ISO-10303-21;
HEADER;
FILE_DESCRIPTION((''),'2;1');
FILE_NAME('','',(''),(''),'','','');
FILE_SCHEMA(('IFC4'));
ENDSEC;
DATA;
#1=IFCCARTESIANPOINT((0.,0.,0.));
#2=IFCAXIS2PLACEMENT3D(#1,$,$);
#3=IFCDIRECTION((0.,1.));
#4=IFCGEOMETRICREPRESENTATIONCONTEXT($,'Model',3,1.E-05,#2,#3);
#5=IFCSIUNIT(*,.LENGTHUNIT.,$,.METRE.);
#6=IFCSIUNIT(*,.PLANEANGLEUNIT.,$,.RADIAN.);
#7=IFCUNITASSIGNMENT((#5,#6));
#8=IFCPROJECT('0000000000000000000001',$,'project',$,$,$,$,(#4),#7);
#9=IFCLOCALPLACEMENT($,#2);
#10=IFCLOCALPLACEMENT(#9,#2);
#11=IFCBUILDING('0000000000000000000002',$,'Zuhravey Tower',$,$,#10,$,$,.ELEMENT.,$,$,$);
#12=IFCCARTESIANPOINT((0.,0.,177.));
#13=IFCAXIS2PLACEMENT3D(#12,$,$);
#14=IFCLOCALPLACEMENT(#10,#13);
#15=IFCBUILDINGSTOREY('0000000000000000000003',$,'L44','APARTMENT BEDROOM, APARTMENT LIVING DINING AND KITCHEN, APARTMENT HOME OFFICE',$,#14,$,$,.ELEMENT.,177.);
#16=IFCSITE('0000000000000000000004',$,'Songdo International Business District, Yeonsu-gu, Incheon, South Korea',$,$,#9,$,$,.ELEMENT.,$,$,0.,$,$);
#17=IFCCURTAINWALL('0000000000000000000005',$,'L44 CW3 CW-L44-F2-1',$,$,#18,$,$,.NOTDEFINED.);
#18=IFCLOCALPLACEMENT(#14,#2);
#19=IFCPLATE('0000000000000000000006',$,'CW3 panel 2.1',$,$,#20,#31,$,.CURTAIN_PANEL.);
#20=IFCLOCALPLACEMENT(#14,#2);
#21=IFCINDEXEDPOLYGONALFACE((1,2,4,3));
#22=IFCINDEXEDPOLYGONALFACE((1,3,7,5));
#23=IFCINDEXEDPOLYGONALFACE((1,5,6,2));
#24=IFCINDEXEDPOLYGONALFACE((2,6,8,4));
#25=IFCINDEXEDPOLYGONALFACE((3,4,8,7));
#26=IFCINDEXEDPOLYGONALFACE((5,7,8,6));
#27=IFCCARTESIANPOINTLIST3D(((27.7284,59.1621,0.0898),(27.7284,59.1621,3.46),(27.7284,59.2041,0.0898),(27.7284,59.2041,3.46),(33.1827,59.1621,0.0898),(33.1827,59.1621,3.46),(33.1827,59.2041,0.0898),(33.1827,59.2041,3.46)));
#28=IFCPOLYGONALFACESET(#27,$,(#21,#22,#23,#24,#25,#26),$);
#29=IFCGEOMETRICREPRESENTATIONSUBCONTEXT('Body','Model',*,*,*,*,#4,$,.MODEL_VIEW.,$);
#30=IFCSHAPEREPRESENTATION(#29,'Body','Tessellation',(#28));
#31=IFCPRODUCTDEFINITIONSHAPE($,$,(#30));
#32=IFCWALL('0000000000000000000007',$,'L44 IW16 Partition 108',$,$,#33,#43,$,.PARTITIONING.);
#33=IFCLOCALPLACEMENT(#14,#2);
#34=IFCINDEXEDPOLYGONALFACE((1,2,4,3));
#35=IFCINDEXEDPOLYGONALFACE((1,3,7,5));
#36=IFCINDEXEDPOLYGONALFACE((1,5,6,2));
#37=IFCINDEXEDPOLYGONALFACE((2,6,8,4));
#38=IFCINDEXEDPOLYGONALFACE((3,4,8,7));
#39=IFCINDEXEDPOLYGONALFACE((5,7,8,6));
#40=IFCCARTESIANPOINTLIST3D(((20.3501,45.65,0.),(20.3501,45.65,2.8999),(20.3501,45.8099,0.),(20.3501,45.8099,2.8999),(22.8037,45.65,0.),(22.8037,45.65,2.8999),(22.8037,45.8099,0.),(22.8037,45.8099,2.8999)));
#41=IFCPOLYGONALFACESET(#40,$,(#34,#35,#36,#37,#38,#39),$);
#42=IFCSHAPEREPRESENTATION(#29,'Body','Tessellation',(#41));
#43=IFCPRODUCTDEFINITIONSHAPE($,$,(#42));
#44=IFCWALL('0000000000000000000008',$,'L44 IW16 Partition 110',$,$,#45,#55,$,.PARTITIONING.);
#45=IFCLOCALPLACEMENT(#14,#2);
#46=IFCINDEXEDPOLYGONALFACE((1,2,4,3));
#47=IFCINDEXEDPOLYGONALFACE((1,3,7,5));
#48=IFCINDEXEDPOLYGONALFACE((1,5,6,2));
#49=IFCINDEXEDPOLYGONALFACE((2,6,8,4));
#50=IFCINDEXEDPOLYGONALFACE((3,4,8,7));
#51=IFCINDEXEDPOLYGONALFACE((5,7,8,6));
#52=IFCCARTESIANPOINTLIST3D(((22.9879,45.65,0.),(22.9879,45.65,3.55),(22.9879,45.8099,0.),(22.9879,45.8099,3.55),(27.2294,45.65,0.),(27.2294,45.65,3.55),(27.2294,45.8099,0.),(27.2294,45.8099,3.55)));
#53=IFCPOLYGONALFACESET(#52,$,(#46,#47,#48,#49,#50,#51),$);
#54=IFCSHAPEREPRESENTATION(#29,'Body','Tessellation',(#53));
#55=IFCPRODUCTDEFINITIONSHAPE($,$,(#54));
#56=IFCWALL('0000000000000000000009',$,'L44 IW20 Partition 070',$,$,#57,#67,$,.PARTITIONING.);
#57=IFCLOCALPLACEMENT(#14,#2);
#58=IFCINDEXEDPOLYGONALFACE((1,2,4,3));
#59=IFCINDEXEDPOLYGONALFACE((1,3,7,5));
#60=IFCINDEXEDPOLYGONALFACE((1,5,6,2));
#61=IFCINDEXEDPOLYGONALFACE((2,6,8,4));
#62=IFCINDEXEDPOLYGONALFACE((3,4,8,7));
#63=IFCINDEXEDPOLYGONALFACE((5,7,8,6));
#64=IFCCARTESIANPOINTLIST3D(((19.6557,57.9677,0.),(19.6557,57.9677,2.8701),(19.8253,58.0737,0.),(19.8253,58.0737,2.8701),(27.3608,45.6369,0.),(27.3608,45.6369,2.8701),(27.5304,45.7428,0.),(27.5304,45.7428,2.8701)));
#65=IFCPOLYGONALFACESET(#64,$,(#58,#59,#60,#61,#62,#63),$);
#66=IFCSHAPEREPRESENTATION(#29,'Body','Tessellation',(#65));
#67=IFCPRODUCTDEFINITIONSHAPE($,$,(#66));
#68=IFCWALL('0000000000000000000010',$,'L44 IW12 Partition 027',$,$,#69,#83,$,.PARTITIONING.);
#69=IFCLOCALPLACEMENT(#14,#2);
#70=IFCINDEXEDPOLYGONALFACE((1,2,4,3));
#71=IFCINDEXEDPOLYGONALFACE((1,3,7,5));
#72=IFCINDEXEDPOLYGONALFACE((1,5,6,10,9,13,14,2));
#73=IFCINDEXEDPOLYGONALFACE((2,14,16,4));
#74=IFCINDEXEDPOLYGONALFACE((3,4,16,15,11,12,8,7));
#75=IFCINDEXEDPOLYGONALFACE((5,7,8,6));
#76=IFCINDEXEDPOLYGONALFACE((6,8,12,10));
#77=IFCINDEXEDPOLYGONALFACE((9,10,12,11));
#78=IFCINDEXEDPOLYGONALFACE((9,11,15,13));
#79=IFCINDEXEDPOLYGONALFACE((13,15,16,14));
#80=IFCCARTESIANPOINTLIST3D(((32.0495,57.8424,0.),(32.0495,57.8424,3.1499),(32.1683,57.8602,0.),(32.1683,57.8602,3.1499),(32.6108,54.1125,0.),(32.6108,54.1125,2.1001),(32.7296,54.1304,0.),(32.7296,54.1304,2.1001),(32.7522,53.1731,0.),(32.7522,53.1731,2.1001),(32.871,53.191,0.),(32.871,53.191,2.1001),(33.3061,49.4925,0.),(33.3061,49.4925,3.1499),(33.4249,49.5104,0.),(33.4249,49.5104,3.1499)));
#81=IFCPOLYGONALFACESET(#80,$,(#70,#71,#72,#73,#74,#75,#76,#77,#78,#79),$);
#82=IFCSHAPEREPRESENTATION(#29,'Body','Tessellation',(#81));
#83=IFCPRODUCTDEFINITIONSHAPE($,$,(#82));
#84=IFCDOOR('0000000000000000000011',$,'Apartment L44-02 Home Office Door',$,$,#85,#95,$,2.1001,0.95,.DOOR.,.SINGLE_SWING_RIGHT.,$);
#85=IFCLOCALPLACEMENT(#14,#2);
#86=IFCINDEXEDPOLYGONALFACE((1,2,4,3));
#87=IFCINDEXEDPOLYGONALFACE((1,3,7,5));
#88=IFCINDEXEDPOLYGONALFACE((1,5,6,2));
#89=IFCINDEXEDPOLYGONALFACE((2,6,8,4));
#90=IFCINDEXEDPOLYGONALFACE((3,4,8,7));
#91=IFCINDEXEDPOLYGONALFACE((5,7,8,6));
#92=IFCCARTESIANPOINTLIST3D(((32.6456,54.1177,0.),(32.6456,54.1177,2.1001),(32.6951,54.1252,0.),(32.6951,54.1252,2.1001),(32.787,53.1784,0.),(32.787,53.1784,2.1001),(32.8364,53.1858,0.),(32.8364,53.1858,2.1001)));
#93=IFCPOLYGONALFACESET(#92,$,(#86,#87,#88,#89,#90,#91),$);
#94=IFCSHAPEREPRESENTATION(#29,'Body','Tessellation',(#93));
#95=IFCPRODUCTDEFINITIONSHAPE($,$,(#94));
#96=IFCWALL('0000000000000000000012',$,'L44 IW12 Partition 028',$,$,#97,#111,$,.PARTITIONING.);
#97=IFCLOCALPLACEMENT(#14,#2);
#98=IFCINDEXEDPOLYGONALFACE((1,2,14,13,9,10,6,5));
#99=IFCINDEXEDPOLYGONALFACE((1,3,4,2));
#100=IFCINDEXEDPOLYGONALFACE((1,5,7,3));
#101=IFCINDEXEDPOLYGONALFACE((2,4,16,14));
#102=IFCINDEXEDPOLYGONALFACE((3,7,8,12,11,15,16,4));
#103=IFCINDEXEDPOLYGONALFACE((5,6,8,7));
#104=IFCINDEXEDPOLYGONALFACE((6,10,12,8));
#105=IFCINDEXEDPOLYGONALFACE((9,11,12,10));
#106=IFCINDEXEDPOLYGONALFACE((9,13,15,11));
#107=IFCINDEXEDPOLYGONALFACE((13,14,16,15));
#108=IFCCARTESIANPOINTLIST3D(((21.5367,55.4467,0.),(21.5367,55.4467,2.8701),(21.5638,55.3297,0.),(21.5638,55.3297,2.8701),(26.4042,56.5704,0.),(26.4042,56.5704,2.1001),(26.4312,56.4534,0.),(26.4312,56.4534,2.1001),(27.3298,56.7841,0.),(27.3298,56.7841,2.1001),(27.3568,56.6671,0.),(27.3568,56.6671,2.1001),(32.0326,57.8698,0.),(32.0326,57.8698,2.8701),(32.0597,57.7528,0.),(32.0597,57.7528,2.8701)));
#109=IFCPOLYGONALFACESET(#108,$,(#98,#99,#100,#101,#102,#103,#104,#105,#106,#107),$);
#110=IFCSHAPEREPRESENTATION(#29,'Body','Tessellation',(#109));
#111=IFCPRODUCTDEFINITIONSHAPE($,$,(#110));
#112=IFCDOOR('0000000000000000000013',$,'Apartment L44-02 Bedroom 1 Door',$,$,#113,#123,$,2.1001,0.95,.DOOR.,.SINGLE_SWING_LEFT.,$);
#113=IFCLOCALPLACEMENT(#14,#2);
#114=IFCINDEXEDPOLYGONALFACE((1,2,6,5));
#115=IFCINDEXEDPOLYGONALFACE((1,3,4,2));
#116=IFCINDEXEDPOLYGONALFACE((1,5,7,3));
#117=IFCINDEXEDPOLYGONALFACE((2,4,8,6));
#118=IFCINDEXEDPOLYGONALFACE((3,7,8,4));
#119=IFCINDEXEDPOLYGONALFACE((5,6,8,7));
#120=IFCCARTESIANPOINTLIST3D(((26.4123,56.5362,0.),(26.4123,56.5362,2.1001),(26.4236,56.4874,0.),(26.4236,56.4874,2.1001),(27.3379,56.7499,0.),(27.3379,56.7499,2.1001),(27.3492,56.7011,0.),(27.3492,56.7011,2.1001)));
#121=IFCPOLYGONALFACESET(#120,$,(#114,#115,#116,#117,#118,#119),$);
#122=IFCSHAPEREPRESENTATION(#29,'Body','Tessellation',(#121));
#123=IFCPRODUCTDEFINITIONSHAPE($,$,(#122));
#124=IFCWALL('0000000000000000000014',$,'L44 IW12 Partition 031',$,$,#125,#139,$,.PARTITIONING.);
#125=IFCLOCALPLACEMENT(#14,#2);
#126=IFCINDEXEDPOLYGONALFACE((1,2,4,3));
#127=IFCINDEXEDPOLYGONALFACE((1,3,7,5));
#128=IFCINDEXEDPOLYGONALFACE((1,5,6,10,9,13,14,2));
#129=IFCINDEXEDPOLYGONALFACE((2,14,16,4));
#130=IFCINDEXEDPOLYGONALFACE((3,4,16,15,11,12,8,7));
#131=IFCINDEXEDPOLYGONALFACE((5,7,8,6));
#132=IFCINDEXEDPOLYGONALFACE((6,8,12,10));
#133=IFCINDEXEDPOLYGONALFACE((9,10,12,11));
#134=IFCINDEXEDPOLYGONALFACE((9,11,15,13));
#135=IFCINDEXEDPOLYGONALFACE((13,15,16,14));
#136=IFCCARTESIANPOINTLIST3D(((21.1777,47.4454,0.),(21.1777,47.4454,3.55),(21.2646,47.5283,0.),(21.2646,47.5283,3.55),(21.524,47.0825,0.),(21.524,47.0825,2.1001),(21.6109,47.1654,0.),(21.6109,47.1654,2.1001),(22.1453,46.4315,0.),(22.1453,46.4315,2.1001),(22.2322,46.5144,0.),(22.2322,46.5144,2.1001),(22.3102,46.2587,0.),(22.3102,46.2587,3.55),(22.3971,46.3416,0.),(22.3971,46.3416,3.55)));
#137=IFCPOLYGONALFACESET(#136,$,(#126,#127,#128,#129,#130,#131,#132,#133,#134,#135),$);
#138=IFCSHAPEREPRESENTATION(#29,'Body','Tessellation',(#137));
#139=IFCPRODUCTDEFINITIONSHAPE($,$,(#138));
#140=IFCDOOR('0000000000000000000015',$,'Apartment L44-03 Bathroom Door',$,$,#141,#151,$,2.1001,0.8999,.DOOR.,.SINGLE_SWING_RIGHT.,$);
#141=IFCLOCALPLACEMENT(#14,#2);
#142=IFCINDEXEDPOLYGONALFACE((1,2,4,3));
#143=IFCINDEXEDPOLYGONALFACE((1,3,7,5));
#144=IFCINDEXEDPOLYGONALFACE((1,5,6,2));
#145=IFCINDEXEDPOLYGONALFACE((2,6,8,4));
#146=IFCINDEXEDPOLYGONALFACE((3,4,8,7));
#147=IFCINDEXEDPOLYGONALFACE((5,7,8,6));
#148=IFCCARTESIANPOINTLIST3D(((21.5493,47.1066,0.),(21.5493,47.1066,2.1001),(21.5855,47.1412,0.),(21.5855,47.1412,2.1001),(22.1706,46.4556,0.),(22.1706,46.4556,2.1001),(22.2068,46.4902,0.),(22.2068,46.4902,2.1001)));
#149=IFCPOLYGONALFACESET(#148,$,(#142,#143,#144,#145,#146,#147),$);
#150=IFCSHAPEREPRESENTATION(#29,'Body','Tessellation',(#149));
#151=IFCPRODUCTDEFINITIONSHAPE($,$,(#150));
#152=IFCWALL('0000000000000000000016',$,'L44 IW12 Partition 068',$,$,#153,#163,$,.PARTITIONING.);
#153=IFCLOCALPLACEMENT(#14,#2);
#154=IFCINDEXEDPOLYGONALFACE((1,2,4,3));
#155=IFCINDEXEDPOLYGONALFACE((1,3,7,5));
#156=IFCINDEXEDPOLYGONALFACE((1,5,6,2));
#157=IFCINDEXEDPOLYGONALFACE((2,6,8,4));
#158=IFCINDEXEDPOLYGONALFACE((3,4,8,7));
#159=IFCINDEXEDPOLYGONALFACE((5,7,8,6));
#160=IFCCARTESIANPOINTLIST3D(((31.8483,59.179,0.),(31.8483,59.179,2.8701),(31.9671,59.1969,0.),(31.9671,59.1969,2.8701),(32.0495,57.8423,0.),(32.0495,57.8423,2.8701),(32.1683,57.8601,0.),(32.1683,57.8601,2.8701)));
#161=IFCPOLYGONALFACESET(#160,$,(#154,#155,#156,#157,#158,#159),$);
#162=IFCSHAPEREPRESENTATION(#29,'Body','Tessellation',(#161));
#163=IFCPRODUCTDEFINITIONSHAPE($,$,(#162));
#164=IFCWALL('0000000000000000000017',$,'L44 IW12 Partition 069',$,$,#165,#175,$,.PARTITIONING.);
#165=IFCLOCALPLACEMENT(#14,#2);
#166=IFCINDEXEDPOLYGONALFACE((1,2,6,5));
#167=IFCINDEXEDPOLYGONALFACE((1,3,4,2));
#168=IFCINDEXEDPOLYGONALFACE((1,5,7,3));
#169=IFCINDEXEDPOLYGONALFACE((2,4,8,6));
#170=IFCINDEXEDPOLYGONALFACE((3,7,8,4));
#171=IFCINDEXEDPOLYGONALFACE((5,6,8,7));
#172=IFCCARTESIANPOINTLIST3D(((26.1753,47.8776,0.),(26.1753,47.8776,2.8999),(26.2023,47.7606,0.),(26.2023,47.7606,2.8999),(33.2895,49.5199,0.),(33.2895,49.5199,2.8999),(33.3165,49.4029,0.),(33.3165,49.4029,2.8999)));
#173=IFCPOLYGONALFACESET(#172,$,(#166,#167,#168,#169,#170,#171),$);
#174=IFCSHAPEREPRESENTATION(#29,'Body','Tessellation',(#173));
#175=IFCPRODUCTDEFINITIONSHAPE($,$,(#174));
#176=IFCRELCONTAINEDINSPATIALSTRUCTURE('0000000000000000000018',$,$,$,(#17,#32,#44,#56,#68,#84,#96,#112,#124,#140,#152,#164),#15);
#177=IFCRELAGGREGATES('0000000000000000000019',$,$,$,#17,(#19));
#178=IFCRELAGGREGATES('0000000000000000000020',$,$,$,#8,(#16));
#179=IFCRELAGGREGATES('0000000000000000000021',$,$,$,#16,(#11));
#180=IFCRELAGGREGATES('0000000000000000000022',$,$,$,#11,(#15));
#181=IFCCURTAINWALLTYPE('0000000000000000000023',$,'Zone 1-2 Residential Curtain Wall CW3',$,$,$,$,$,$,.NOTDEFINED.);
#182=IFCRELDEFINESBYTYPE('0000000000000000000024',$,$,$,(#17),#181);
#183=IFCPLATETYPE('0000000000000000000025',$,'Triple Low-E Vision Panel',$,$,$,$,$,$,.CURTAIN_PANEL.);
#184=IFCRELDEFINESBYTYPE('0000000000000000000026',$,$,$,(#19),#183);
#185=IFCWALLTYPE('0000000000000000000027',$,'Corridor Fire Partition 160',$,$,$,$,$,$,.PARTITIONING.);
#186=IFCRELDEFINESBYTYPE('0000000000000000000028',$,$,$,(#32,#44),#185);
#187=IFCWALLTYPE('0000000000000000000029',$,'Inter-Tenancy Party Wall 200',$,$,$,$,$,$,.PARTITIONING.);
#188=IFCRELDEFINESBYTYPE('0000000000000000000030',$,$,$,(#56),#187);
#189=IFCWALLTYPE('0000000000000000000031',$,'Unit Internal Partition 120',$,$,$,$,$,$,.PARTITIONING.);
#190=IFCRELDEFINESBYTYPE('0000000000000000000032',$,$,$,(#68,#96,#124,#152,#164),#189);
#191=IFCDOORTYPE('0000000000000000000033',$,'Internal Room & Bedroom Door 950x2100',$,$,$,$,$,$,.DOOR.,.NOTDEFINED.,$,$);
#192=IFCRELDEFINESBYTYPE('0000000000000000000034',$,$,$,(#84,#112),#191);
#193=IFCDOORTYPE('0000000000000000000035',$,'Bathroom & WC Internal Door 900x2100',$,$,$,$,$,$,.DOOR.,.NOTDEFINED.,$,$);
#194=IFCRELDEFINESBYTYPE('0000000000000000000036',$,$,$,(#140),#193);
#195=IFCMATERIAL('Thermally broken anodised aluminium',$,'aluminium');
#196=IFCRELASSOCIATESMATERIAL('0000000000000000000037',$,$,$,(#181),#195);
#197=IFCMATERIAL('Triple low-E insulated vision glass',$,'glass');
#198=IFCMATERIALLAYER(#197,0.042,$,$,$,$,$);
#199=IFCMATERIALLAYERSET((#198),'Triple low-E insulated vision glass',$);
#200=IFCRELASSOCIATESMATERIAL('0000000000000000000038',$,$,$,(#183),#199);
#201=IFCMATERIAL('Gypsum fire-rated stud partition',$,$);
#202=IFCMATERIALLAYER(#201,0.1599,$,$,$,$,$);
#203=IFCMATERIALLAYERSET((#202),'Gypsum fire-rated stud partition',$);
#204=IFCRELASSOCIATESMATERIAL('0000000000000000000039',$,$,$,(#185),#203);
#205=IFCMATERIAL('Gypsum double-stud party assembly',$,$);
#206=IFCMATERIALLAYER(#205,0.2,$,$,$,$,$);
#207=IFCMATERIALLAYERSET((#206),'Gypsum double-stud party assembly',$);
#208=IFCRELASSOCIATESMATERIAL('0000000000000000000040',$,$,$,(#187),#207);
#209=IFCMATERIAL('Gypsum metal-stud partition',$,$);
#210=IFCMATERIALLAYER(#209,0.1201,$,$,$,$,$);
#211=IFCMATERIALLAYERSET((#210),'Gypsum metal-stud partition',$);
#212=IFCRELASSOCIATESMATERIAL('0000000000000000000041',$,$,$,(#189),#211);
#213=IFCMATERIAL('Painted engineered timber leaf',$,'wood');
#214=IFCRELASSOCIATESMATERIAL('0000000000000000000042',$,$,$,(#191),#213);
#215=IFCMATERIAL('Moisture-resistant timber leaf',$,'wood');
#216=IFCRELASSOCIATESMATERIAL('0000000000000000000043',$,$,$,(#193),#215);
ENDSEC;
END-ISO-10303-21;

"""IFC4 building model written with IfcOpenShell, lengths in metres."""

from ifc_helpers import new_model, si_unit, direction, frame, frame_2d, origin, origin_2d, place, context, subcontext, project, spatial, rectangle, extrude, material, layer, layer_set, type_object, element, fill, aggregate, save


model = new_model("IFC4")

# Units and contexts
model_context = context("Model", 3, precision=1e-05, world=origin(), true_north=direction((0.0, 1.0)))
body_context = subcontext(model_context, "Body", "Model", "MODEL_VIEW")
ifc_project = project(units=[si_unit("LENGTHUNIT", "METRE"), si_unit("PLANEANGLEUNIT", "RADIAN")], contexts=[model_context])

# Site, building, storey
site_placement = place(None, origin())
site = spatial("IfcSite", under=ifc_project, at=site_placement, Name="Songdo International Business District, Yeonsu-gu, Incheon, South Korea", CompositionType="ELEMENT", RefElevation=0.0)
building_placement = place(site_placement, origin())
building = spatial("IfcBuilding", under=site, at=building_placement, Name="Zuhravey Tower", CompositionType="ELEMENT")
storey_placement = place(building_placement, frame((0.0, 0.0, 177.0)))
storey = spatial("IfcBuildingStorey", under=building, at=storey_placement, Name="L44", Description="APARTMENT BEDROOM, APARTMENT LIVING DINING AND KITCHEN, APARTMENT HOME OFFICE", CompositionType="ELEMENT", Elevation=177.0)

# Curtain wall
ifc_material_1 = material(Name="Thermally broken anodised aluminium", Category="aluminium")
curtain_wall_type = type_object("IfcCurtainWallType", Name="Zone 1-2 Residential Curtain Wall CW3", PredefinedType="NOTDEFINED", material=ifc_material_1)
curtain_wall_placement = place(storey_placement, origin())
curtain_wall = element("IfcCurtainWall", 1, at=curtain_wall_placement, inside=storey, type_object=curtain_wall_type, Name="L44 CW3 CW-L44-F2-1", PredefinedType="NOTDEFINED")

# Plate
ifc_material_2 = material(Name="Triple low-E insulated vision glass", Category="glass")
ifc_layer_1 = layer(ifc_material_2, 0.042)
ifc_layer_set_1 = layer_set([ifc_layer_1], Name="Triple low-E insulated vision glass")
plate_type_1 = type_object("IfcPlateType", Name="Triple Low-E Vision Panel", PredefinedType="CURTAIN_PANEL", material=ifc_layer_set_1)
plate_1_placement = place(storey_placement, frame((30.4556, 59.1831, 0.0898), z_axis=(0.0, 0.0, 1.0), x_axis=(1.0, 0.0, 0.0)))
plate_1 = element("IfcPlate", 2, at=plate_1_placement, type_object=plate_type_1, Name="CW3 panel 2.1", PredefinedType="CURTAIN_PANEL", context=body_context, shape_type="SweptSolid", body=[
    extrude(rectangle(XDim=5.4543, YDim=0.042, at=origin_2d()), origin(), (0.0, 0.0, 1.0), 3.3701),
])
aggregate(curtain_wall, [plate_1])

# Walls
ifc_material_3 = material(Name="Gypsum fire-rated stud partition")
ifc_layer_2 = layer(ifc_material_3, 0.1599)
ifc_layer_set_2 = layer_set([ifc_layer_2], Name="Gypsum fire-rated stud partition")
wall_type_1 = type_object("IfcWallType", Name="Corridor Fire Partition 160", PredefinedType="PARTITIONING", material=ifc_layer_set_2)
wall_1_placement = place(storey_placement, frame((22.8037, 45.73, 0.0), z_axis=(0.0, 0.0, 1.0), x_axis=(-1.0, 0.0, 0.0)))
element("IfcWall", 3, at=wall_1_placement, inside=storey, type_object=wall_type_1, Name="L44 IW16 Partition 108", PredefinedType="PARTITIONING", context=body_context, shape_type="SweptSolid", body=[
    extrude(rectangle(XDim=2.4536, YDim=0.1599, at=frame_2d((1.2268, 0.0))), origin(), (0.0, 0.0, 1.0), 2.8999),
])
wall_2_placement = place(storey_placement, frame((27.2292, 45.73, 0.0), z_axis=(0.0, 0.0, 1.0), x_axis=(-1.0, 0.0, 0.0)))
element("IfcWall", 4, at=wall_2_placement, inside=storey, type_object=wall_type_1, Name="L44 IW16 Partition 110", PredefinedType="PARTITIONING", context=body_context, shape_type="SweptSolid", body=[
    extrude(rectangle(XDim=4.2415, YDim=0.1599, at=frame_2d((2.1206, 0.0))), origin(), (0.0, 0.0, 1.0), 3.55),
])
ifc_material_4 = material(Name="Gypsum double-stud party assembly")
ifc_layer_3 = layer(ifc_material_4, 0.2)
ifc_layer_set_3 = layer_set([ifc_layer_3], Name="Gypsum double-stud party assembly")
wall_type_2 = type_object("IfcWallType", Name="Inter-Tenancy Party Wall 200", PredefinedType="PARTITIONING", material=ifc_layer_set_3)
wall_3_placement = place(storey_placement, frame((27.4456, 45.6899, 0.0), z_axis=(0.0, 0.0, 1.0), x_axis=(-0.529916, 0.84805, 0.0)))
element("IfcWall", 5, at=wall_3_placement, inside=storey, type_object=wall_type_2, Name="L44 IW20 Partition 070", PredefinedType="PARTITIONING", context=body_context, shape_type="SweptSolid", body=[
    extrude(rectangle(XDim=14.5403, YDim=0.2, at=frame_2d((7.27, 0.0))), origin(), (0.0, 0.0, 1.0), 2.8701),
])

# Walls, openings, doors
ifc_material_5 = material(Name="Gypsum metal-stud partition")
ifc_layer_4 = layer(ifc_material_5, 0.1201)
ifc_layer_set_4 = layer_set([ifc_layer_4], Name="Gypsum metal-stud partition")
wall_type_3 = type_object("IfcWallType", Name="Unit Internal Partition 120", PredefinedType="PARTITIONING", material=ifc_layer_set_4)
wall_4_placement = place(storey_placement, frame((33.3655, 49.5015, 0.0), z_axis=(0.0, 0.0, 1.0), x_axis=(-0.148817, 0.988865, 0.0)))
wall_4 = element("IfcWall", 6, at=wall_4_placement, inside=storey, type_object=wall_type_3, Name="L44 IW12 Partition 027", PredefinedType="PARTITIONING", context=body_context, shape_type="SweptSolid", body=[
    extrude(rectangle(XDim=8.4438, YDim=0.1201, at=frame_2d((4.2219, 0.0))), origin(), (0.0, 0.0, 1.0), 3.1499),
])
opening_1_placement = place(wall_4_placement, frame((3.7219, 0.0, 0.0)))
opening_1 = element("IfcOpeningElement", 7, at=opening_1_placement, cuts=wall_4, PredefinedType="OPENING", context=body_context, shape_type="SweptSolid", body=[
    extrude(rectangle(XDim=0.95, YDim=2.1001, at=frame_2d((0.4751, 1.05))), frame((0.0, 0.072, 0.0), z_axis=(0.0, -1.0, 0.0), x_axis=(1.0, 0.0, 0.0)), (0.0, 0.0, 1.0), 0.144),
])
ifc_material_6 = material(Name="Painted engineered timber leaf", Category="wood")
door_type_1 = type_object("IfcDoorType", Name="Internal Room & Bedroom Door 950x2100", OperationType="NOTDEFINED", PredefinedType="DOOR", material=ifc_material_6)
door_1_placement = place(opening_1_placement, origin())
door_1 = element("IfcDoor", 8, at=door_1_placement, inside=storey, type_object=door_type_1, Name="Apartment L44-02 Home Office Door", OperationType="SINGLE_SWING_RIGHT", OverallHeight=2.1001, OverallWidth=0.95, PredefinedType="DOOR", context=body_context, shape_type="SweptSolid", body=[
    extrude(rectangle(XDim=0.95, YDim=2.1001, at=frame_2d((0.4751, 1.05))), frame((0.0, 0.0249, 0.0), z_axis=(0.0, -1.0, 0.0), x_axis=(1.0, 0.0, 0.0)), (0.0, 0.0, 1.0), 0.05),
])
fill(opening_1, door_1)
wall_5_placement = place(storey_placement, frame((32.0461, 57.8113, 0.0), z_axis=(0.0, 0.0, 1.0), x_axis=(-0.974371, -0.224946, 0.0)))
wall_5 = element("IfcWall", 9, at=wall_5_placement, inside=storey, type_object=wall_type_3, Name="L44 IW12 Partition 028", PredefinedType="PARTITIONING", context=body_context, shape_type="SweptSolid", body=[
    extrude(rectangle(XDim=10.772, YDim=0.1201, at=frame_2d((5.386, 0.0))), origin(), (0.0, 0.0, 1.0), 2.8701),
])
opening_2_placement = place(wall_5_placement, frame((4.8264, 0.0, 0.0)))
opening_2 = element("IfcOpeningElement", 10, at=opening_2_placement, cuts=wall_5, PredefinedType="OPENING", context=body_context, shape_type="SweptSolid", body=[
    extrude(rectangle(XDim=0.95, YDim=2.1001, at=frame_2d((0.4751, 1.05))), frame((0.0, 0.072, 0.0), z_axis=(0.0, -1.0, 0.0), x_axis=(1.0, 0.0, 0.0)), (0.0, 0.0, 1.0), 0.144),
])
door_2_placement = place(opening_2_placement, frame((0.95, 0.0, 0.0), z_axis=(0.0, 0.0, 1.0), x_axis=(-1.0, 0.0, 0.0)))
door_2 = element("IfcDoor", 11, at=door_2_placement, inside=storey, type_object=door_type_1, Name="Apartment L44-02 Bedroom 1 Door", OperationType="SINGLE_SWING_LEFT", OverallHeight=2.1001, OverallWidth=0.95, PredefinedType="DOOR", context=body_context, shape_type="SweptSolid", body=[
    extrude(rectangle(XDim=0.95, YDim=2.1001, at=frame_2d((0.4751, 1.05))), frame((0.0, 0.0249, 0.0), z_axis=(0.0, -1.0, 0.0), x_axis=(1.0, 0.0, 0.0)), (0.0, 0.0, 1.0), 0.05),
])
fill(opening_2, door_2)
wall_6_placement = place(storey_placement, frame((22.3538, 46.3, 0.0), z_axis=(0.0, 0.0, 1.0), x_axis=(-0.690394, 0.723433, 0.0)))
wall_6 = element("IfcWall", 12, at=wall_6_placement, inside=storey, type_object=wall_type_3, Name="L44 IW12 Partition 031", PredefinedType="PARTITIONING", context=body_context, shape_type="SweptSolid", body=[
    extrude(rectangle(XDim=1.6404, YDim=0.1201, at=frame_2d((0.8203, 0.0))), origin(), (0.0, 0.0, 1.0), 3.55),
])
opening_3_placement = place(wall_6_placement, frame((0.239, 0.0, 0.0)))
opening_3 = element("IfcOpeningElement", 13, at=opening_3_placement, cuts=wall_6, PredefinedType="OPENING", context=body_context, shape_type="SweptSolid", body=[
    extrude(rectangle(XDim=0.8999, YDim=2.1001, at=frame_2d((0.45, 1.05))), frame((0.0, 0.072, 0.0), z_axis=(0.0, -1.0, 0.0), x_axis=(1.0, 0.0, 0.0)), (0.0, 0.0, 1.0), 0.144),
])
ifc_material_7 = material(Name="Moisture-resistant timber leaf", Category="wood")
door_type_2 = type_object("IfcDoorType", Name="Bathroom & WC Internal Door 900x2100", OperationType="NOTDEFINED", PredefinedType="DOOR", material=ifc_material_7)
door_3_placement = place(opening_3_placement, frame((0.8999, 0.0, 0.0), z_axis=(0.0, 0.0, 1.0), x_axis=(-1.0, 0.0, 0.0)))
door_3 = element("IfcDoor", 14, at=door_3_placement, inside=storey, type_object=door_type_2, Name="Apartment L44-03 Bathroom Door", OperationType="SINGLE_SWING_RIGHT", OverallHeight=2.1001, OverallWidth=0.8999, PredefinedType="DOOR", context=body_context, shape_type="SweptSolid", body=[
    extrude(rectangle(XDim=0.8999, YDim=2.1001, at=frame_2d((0.45, 1.05))), frame((0.0, 0.0249, 0.0), z_axis=(0.0, -1.0, 0.0), x_axis=(1.0, 0.0, 0.0)), (0.0, 0.0, 1.0), 0.05),
])
fill(opening_3, door_3)

# Walls
wall_7_placement = place(storey_placement, frame((32.1089, 57.8513, 0.0), z_axis=(0.0, 0.0, 1.0), x_axis=(-0.148826, 0.988863, 0.0)))
element("IfcWall", 15, at=wall_7_placement, inside=storey, type_object=wall_type_3, Name="L44 IW12 Partition 068", PredefinedType="PARTITIONING", context=body_context, shape_type="SweptSolid", body=[
    extrude(rectangle(XDim=1.3518, YDim=0.1201, at=frame_2d((0.6758, 0.0))), origin(), (0.0, 0.0, 1.0), 2.8701),
])
wall_8_placement = place(storey_placement, frame((33.303, 49.4614, 0.0), z_axis=(0.0, 0.0, 1.0), x_axis=(-0.974374, -0.224935, 0.0)))
element("IfcWall", 16, at=wall_8_placement, inside=storey, type_object=wall_type_3, Name="L44 IW12 Partition 069", PredefinedType="PARTITIONING", context=body_context, shape_type="SweptSolid", body=[
    extrude(rectangle(XDim=7.3013, YDim=0.1201, at=frame_2d((3.6506, 0.0))), origin(), (0.0, 0.0, 1.0), 2.8999),
])

save(model, "model.ifc")
